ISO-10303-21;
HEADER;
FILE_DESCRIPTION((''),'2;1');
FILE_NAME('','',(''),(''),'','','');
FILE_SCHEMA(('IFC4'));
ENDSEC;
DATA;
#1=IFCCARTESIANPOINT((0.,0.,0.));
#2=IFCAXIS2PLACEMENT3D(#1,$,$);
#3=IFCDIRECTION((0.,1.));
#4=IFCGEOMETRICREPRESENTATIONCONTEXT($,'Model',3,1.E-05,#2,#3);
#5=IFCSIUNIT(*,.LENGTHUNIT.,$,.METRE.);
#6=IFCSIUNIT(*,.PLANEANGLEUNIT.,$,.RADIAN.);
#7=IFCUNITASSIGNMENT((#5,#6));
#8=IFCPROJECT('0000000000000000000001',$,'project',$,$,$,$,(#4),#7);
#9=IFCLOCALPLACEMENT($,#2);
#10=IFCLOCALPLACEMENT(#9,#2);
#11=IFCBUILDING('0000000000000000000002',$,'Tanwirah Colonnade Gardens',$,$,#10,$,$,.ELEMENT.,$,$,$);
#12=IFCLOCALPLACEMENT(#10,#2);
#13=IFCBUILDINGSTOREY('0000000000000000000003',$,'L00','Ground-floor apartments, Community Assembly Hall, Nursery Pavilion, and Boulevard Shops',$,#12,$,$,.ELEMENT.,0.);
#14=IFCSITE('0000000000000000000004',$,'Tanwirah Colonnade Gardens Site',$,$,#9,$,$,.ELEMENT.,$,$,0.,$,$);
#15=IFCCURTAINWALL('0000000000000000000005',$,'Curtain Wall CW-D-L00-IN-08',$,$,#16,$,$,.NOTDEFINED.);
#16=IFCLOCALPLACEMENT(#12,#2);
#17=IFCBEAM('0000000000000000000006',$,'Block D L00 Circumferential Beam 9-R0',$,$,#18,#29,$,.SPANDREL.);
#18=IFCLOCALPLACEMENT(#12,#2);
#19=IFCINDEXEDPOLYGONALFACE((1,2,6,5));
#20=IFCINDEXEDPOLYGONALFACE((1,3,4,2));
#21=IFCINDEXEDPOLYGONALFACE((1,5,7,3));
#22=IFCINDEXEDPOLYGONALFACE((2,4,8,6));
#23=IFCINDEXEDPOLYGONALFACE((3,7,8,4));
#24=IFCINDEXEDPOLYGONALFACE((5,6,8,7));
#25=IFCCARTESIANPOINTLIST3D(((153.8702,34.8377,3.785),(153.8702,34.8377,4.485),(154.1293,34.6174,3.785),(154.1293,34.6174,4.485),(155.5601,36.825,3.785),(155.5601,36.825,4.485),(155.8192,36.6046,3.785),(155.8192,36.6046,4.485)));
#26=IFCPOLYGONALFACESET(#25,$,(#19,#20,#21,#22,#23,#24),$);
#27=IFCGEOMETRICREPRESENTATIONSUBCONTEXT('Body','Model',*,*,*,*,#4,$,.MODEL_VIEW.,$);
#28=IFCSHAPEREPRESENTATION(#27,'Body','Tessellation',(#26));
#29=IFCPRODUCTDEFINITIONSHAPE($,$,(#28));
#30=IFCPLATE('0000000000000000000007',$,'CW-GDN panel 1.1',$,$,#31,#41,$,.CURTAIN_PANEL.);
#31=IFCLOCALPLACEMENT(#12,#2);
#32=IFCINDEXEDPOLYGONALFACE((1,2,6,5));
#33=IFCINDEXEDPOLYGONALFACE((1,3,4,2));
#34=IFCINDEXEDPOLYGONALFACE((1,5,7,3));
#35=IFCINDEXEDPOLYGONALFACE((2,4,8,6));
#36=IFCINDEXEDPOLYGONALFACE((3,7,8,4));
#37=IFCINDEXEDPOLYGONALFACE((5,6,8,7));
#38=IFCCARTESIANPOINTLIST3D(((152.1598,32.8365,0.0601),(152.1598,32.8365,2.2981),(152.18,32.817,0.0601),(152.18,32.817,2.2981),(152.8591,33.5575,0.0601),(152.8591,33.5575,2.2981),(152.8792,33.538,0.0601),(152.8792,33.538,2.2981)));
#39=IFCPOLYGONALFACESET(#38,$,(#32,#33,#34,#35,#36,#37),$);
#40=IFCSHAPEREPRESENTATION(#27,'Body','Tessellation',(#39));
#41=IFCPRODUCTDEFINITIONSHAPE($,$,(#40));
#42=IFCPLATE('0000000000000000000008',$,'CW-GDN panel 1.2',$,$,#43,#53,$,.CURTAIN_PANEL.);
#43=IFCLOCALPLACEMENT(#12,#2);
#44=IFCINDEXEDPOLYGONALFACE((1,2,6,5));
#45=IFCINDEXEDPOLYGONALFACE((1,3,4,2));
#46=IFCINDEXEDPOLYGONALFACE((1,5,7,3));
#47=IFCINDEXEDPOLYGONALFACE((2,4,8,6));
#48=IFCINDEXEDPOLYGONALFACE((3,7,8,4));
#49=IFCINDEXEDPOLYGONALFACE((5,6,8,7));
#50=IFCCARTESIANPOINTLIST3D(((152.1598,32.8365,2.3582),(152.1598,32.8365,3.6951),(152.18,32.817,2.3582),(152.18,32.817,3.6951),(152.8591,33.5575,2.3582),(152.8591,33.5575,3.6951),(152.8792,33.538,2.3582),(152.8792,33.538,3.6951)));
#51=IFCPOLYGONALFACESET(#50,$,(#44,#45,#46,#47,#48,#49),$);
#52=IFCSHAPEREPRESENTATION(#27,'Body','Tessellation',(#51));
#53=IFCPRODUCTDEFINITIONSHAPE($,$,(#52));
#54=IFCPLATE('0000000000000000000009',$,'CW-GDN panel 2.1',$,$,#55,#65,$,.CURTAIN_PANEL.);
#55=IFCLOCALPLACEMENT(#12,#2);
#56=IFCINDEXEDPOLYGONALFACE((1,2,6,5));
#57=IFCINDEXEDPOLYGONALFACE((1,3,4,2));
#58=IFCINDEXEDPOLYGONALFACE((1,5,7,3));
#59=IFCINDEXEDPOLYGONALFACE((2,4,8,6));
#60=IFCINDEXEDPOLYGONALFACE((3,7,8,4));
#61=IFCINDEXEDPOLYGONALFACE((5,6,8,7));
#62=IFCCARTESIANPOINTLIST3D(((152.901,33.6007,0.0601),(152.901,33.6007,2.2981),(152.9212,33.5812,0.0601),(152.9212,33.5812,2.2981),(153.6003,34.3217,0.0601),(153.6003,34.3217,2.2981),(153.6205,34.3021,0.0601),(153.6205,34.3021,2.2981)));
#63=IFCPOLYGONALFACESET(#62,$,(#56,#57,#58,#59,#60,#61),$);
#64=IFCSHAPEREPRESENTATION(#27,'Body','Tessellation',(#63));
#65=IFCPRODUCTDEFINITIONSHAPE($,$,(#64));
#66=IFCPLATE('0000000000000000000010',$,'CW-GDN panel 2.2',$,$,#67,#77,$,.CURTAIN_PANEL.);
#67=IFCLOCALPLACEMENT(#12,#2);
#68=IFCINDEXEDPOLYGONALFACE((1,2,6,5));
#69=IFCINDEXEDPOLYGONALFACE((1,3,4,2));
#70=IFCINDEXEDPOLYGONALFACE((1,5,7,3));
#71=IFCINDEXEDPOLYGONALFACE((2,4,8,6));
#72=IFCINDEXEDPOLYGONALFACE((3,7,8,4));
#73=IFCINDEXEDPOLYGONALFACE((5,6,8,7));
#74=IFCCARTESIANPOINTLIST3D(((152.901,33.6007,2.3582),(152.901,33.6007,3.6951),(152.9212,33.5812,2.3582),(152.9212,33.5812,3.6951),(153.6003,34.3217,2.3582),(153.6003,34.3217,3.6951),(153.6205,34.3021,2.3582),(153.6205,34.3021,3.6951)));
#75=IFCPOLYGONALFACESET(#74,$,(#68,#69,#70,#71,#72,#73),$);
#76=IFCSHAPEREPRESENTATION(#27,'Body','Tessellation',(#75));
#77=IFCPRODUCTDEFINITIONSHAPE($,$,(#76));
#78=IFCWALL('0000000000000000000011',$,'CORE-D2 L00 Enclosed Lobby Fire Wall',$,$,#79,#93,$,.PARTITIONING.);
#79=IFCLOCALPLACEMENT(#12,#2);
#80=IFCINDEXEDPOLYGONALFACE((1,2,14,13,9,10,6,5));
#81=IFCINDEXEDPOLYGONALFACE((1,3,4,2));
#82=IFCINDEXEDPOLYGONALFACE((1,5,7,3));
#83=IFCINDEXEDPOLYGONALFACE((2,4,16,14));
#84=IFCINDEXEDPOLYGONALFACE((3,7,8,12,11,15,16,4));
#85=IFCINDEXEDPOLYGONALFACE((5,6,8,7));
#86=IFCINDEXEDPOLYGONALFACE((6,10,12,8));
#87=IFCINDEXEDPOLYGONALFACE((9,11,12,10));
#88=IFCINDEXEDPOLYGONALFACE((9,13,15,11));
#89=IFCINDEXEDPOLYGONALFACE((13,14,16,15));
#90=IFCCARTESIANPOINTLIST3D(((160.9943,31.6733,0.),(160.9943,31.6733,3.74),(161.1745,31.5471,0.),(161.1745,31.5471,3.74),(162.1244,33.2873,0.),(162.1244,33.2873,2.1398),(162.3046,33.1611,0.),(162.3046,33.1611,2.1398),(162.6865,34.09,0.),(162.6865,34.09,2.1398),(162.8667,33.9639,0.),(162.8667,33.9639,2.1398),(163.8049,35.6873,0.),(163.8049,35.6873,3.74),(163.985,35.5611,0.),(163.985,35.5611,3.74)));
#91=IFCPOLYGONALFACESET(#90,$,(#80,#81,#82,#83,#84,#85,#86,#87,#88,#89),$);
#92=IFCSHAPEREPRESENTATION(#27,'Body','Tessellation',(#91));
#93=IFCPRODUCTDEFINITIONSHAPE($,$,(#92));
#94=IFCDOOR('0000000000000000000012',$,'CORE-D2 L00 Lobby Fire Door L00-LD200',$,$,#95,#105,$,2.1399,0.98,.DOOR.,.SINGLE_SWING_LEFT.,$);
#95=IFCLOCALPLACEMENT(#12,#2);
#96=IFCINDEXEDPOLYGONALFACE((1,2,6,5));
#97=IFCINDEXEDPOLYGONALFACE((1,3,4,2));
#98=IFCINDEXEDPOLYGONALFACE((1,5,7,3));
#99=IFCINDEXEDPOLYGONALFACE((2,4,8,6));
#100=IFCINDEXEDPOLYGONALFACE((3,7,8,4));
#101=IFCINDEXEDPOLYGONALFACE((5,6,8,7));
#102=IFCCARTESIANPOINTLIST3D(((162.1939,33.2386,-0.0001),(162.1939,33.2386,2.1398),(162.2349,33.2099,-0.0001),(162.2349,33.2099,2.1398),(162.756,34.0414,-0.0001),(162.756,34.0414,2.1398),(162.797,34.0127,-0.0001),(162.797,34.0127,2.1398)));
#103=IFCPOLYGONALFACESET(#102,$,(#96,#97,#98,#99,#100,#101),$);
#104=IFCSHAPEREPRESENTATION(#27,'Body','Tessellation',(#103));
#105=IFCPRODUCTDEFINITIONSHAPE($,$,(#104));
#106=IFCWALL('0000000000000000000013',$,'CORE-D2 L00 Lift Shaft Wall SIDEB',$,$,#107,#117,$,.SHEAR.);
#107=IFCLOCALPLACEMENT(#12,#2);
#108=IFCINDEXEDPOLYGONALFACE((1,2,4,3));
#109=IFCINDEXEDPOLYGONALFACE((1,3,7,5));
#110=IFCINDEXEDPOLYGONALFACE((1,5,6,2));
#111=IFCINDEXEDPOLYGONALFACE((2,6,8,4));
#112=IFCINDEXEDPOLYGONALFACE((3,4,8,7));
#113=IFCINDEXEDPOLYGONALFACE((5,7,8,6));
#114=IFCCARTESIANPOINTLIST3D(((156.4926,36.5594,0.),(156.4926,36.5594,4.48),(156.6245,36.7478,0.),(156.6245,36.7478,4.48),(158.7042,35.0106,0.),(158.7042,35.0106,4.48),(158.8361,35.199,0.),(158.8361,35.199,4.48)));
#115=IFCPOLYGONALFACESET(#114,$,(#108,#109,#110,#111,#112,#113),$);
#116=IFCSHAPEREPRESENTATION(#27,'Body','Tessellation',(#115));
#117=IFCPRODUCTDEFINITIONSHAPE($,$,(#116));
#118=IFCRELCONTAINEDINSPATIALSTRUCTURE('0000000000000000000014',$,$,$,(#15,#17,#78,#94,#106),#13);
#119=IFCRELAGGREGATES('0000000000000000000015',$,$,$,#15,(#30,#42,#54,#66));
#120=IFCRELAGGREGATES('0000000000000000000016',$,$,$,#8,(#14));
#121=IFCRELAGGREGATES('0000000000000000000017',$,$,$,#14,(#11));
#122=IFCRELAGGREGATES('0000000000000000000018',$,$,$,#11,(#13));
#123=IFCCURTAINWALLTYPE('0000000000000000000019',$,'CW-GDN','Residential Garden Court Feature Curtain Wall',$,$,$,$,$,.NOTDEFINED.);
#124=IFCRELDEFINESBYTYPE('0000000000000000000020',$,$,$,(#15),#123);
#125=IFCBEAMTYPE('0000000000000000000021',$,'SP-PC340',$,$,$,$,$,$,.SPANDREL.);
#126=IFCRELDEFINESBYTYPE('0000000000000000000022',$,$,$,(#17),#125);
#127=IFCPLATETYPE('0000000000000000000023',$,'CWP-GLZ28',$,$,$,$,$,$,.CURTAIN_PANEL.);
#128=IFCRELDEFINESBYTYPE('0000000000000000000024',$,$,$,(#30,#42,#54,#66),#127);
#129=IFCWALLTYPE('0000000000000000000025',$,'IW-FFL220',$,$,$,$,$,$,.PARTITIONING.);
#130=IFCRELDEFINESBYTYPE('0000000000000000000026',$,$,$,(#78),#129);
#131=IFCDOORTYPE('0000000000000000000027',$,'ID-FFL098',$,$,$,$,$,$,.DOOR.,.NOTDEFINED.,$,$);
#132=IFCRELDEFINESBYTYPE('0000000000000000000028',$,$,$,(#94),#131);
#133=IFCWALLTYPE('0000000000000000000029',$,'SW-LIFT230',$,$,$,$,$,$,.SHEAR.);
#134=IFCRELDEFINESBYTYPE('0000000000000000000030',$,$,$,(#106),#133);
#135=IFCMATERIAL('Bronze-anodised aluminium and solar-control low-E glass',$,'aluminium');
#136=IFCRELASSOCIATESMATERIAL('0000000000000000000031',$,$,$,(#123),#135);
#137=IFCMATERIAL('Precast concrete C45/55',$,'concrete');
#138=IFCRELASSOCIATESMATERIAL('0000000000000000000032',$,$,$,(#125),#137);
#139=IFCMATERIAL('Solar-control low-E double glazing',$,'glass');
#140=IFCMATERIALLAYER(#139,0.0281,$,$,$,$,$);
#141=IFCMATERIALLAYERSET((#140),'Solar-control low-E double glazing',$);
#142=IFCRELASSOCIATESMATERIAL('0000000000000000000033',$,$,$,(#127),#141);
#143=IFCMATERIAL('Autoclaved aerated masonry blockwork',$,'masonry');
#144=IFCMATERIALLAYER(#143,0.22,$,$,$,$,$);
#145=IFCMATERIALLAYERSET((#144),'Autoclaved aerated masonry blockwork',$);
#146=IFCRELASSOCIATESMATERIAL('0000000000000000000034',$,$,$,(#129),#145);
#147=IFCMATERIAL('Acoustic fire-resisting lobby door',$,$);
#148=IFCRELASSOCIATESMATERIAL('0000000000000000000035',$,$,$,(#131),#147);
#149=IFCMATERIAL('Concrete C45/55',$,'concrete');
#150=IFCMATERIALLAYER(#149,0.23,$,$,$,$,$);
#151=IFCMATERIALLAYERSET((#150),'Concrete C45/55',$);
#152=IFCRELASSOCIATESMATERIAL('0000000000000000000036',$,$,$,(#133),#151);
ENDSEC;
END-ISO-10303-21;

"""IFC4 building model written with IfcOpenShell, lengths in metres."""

from ifc_helpers import new_model, si_unit, direction, frame, frame_2d, origin, origin_2d, place, context, subcontext, project, spatial, rectangle, extrude, material, layer, layer_set, material_profile, profile_set, type_object, element, fill, aggregate, save


model = new_model("IFC4")

# Units and contexts
model_context = context("Model", 3, precision=1e-05, world=origin(), true_north=direction((0.0, 1.0)))
body_context = subcontext(model_context, "Body", "Model", "MODEL_VIEW")
ifc_project = project(units=[si_unit("LENGTHUNIT", "METRE"), si_unit("PLANEANGLEUNIT", "RADIAN")], contexts=[model_context])

# Site, building, storey
site_placement = place(None, origin())
site = spatial("IfcSite", under=ifc_project, at=site_placement, Name="Tanwirah Colonnade Gardens Site", CompositionType="ELEMENT", RefElevation=0.0)
building_placement = place(site_placement, origin())
building = spatial("IfcBuilding", under=site, at=building_placement, Name="Tanwirah Colonnade Gardens", CompositionType="ELEMENT")
storey_placement = place(building_placement, origin())
storey = spatial("IfcBuildingStorey", under=building, at=storey_placement, Name="L00", Description="Ground-floor apartments, Community Assembly Hall, Nursery Pavilion, and Boulevard Shops", CompositionType="ELEMENT", Elevation=0.0)

# Shared definitions
ifc_material_1 = material(Name="Precast concrete C45/55", Category="concrete")

# Curtain wall
ifc_material_2 = material(Name="Bronze-anodised aluminium and solar-control low-E glass", Category="aluminium")
curtain_wall_type = type_object("IfcCurtainWallType", Name="CW-GDN", Description="Residential Garden Court Feature Curtain Wall", PredefinedType="NOTDEFINED", material=ifc_material_2)
curtain_wall_placement = place(storey_placement, origin())
curtain_wall = element("IfcCurtainWall", 1, at=curtain_wall_placement, inside=storey, type_object=curtain_wall_type, Name="Curtain Wall CW-D-L00-IN-08", PredefinedType="NOTDEFINED")

# Beam
ifc_material_profile_1 = material_profile(ifc_material_1, rectangle(XDim=0.3401, YDim=0.7, at=origin_2d()), Name="PC-SP 340x700")
ifc_profile_set_1 = profile_set([ifc_material_profile_1], Name="Precast concrete C45/55")
beam_type_1 = type_object("IfcBeamType", Name="SP-PC340", PredefinedType="SPANDREL", material=ifc_profile_set_1)
beam_1_placement = place(storey_placement, frame((153.9998, 34.7275, 4.135), z_axis=(0.647811, 0.761801, 0.0), x_axis=(-0.761801, 0.647811, 0.0)))
element("IfcBeam", 2, at=beam_1_placement, inside=storey, type_object=beam_type_1, Name="Block D L00 Circumferential Beam 9-R0", PredefinedType="SPANDREL", context=body_context, shape_type="SweptSolid", body=[
    extrude(rectangle(XDim=0.3401, YDim=0.7, at=origin_2d()), origin(), (0.0, 0.0, 1.0), 2.6086),
])

# Plates
ifc_material_3 = material(Name="Solar-control low-E double glazing", Category="glass")
ifc_layer_1 = layer(ifc_material_3, 0.0281)
ifc_layer_set_1 = layer_set([ifc_layer_1], Name="Solar-control low-E double glazing")
plate_type = type_object("IfcPlateType", Name="CWP-GLZ28", PredefinedType="CURTAIN_PANEL", material=ifc_layer_set_1)
plate_1_placement = place(storey_placement, frame((152.5195, 33.1873, 0.0601), z_axis=(0.0, 0.0, 1.0), x_axis=(0.696223, 0.717825, 0.0)))
plate_1 = element("IfcPlate", 3, at=plate_1_placement, type_object=plate_type, Name="CW-GDN panel 1.1", PredefinedType="CURTAIN_PANEL", context=body_context, shape_type="SweptSolid", body=[
    extrude(rectangle(XDim=1.0044, YDim=0.0281, at=origin_2d()), origin(), (0.0, 0.0, 1.0), 2.238),
])
plate_2_placement = place(storey_placement, frame((152.5195, 33.1873, 2.3582), z_axis=(0.0, 0.0, 1.0), x_axis=(0.696223, 0.717825, 0.0)))
plate_2 = element("IfcPlate", 4, at=plate_2_placement, type_object=plate_type, Name="CW-GDN panel 1.2", PredefinedType="CURTAIN_PANEL", context=body_context, shape_type="SweptSolid", body=[
    extrude(rectangle(XDim=1.0044, YDim=0.0281, at=origin_2d()), origin(), (0.0, 0.0, 1.0), 1.3369),
])
plate_3_placement = place(storey_placement, frame((153.2607, 33.9514, 0.0601), z_axis=(0.0, 0.0, 1.0), x_axis=(0.696223, 0.717825, 0.0)))
plate_3 = element("IfcPlate", 5, at=plate_3_placement, type_object=plate_type, Name="CW-GDN panel 2.1", PredefinedType="CURTAIN_PANEL", context=body_context, shape_type="SweptSolid", body=[
    extrude(rectangle(XDim=1.0044, YDim=0.0281, at=origin_2d()), origin(), (0.0, 0.0, 1.0), 2.238),
])
plate_4_placement = place(storey_placement, frame((153.2607, 33.9514, 2.3582), z_axis=(0.0, 0.0, 1.0), x_axis=(0.696223, 0.717825, 0.0)))
plate_4 = element("IfcPlate", 6, at=plate_4_placement, type_object=plate_type, Name="CW-GDN panel 2.2", PredefinedType="CURTAIN_PANEL", context=body_context, shape_type="SweptSolid", body=[
    extrude(rectangle(XDim=1.0044, YDim=0.0281, at=origin_2d()), origin(), (0.0, 0.0, 1.0), 1.3369),
])
aggregate(curtain_wall, [plate_1, plate_2, plate_3, plate_4])

# Wall, opening, door
ifc_material_4 = material(Name="Autoclaved aerated masonry blockwork", Category="masonry")
ifc_layer_2 = layer(ifc_material_4, 0.22)
ifc_layer_set_2 = layer_set([ifc_layer_2], Name="Autoclaved aerated masonry blockwork")
wall_type_1 = type_object("IfcWallType", Name="IW-FFL220", PredefinedType="PARTITIONING", material=ifc_layer_set_2)
wall_1_placement = place(storey_placement, frame((163.895, 35.6243, 0.0), z_axis=(0.0, 0.0, 1.0), x_axis=(-0.573573, -0.819155, 0.0)))
wall_1 = element("IfcWall", 7, at=wall_1_placement, inside=storey, type_object=wall_type_1, Name="CORE-D2 L00 Enclosed Lobby Fire Wall", PredefinedType="PARTITIONING", context=body_context, shape_type="SweptSolid", body=[
    extrude(rectangle(XDim=4.9001, YDim=0.22, at=frame_2d((2.4502, 0.0))), origin(), (0.0, 0.0, 1.0), 3.74),
])
opening_1_placement = place(wall_1_placement, frame((1.95, 0.0, 0.0)))
opening_1 = element("IfcOpeningElement", 8, at=opening_1_placement, cuts=wall_1, PredefinedType="OPENING", context=body_context, shape_type="SweptSolid", body=[
    extrude(rectangle(XDim=0.98, YDim=2.1399, at=frame_2d((0.49, 1.0698))), frame((0.0, 0.1199, 0.0), z_axis=(0.0, -1.0, 0.0), x_axis=(1.0, 0.0, 0.0)), (0.0, 0.0, 1.0), 0.24),
])
ifc_material_5 = material(Name="Acoustic fire-resisting lobby door")
door_type_1 = type_object("IfcDoorType", Name="ID-FFL098", OperationType="NOTDEFINED", PredefinedType="DOOR", material=ifc_material_5)
door_1_placement = place(opening_1_placement, origin())
door_1 = element("IfcDoor", 9, at=door_1_placement, inside=storey, type_object=door_type_1, Name="CORE-D2 L00 Lobby Fire Door L00-LD200", OperationType="SINGLE_SWING_LEFT", OverallHeight=2.1399, OverallWidth=0.98, PredefinedType="DOOR", context=body_context, shape_type="SweptSolid", body=[
    extrude(rectangle(XDim=0.98, YDim=2.1399, at=frame_2d((0.49, 1.0698))), frame((0.0, 0.0249, 0.0), z_axis=(0.0, -1.0, 0.0), x_axis=(1.0, 0.0, 0.0)), (0.0, 0.0, 1.0), 0.05),
])
fill(opening_1, door_1)

# Wall
ifc_material_6 = material(Name="Concrete C45/55", Category="concrete")
ifc_layer_3 = layer(ifc_material_6, 0.23)
ifc_layer_set_3 = layer_set([ifc_layer_3], Name="Concrete C45/55")
wall_type_2 = type_object("IfcWallType", Name="SW-LIFT230", PredefinedType="SHEAR", material=ifc_layer_set_3)
wall_2_placement = place(storey_placement, frame((158.7703, 35.1047, 0.0), z_axis=(0.0, 0.0, 1.0), x_axis=(-0.819117, 0.573626, 0.0)))
element("IfcWall", 10, at=wall_2_placement, inside=storey, type_object=wall_type_2, Name="CORE-D2 L00 Lift Shaft Wall SIDEB", PredefinedType="SHEAR", context=body_context, shape_type="SweptSolid", body=[
    extrude(rectangle(XDim=2.7, YDim=0.23, at=frame_2d((1.3501, 0.0))), origin(), (0.0, 0.0, 1.0), 4.48),
])

save(model, "model.ifc")
